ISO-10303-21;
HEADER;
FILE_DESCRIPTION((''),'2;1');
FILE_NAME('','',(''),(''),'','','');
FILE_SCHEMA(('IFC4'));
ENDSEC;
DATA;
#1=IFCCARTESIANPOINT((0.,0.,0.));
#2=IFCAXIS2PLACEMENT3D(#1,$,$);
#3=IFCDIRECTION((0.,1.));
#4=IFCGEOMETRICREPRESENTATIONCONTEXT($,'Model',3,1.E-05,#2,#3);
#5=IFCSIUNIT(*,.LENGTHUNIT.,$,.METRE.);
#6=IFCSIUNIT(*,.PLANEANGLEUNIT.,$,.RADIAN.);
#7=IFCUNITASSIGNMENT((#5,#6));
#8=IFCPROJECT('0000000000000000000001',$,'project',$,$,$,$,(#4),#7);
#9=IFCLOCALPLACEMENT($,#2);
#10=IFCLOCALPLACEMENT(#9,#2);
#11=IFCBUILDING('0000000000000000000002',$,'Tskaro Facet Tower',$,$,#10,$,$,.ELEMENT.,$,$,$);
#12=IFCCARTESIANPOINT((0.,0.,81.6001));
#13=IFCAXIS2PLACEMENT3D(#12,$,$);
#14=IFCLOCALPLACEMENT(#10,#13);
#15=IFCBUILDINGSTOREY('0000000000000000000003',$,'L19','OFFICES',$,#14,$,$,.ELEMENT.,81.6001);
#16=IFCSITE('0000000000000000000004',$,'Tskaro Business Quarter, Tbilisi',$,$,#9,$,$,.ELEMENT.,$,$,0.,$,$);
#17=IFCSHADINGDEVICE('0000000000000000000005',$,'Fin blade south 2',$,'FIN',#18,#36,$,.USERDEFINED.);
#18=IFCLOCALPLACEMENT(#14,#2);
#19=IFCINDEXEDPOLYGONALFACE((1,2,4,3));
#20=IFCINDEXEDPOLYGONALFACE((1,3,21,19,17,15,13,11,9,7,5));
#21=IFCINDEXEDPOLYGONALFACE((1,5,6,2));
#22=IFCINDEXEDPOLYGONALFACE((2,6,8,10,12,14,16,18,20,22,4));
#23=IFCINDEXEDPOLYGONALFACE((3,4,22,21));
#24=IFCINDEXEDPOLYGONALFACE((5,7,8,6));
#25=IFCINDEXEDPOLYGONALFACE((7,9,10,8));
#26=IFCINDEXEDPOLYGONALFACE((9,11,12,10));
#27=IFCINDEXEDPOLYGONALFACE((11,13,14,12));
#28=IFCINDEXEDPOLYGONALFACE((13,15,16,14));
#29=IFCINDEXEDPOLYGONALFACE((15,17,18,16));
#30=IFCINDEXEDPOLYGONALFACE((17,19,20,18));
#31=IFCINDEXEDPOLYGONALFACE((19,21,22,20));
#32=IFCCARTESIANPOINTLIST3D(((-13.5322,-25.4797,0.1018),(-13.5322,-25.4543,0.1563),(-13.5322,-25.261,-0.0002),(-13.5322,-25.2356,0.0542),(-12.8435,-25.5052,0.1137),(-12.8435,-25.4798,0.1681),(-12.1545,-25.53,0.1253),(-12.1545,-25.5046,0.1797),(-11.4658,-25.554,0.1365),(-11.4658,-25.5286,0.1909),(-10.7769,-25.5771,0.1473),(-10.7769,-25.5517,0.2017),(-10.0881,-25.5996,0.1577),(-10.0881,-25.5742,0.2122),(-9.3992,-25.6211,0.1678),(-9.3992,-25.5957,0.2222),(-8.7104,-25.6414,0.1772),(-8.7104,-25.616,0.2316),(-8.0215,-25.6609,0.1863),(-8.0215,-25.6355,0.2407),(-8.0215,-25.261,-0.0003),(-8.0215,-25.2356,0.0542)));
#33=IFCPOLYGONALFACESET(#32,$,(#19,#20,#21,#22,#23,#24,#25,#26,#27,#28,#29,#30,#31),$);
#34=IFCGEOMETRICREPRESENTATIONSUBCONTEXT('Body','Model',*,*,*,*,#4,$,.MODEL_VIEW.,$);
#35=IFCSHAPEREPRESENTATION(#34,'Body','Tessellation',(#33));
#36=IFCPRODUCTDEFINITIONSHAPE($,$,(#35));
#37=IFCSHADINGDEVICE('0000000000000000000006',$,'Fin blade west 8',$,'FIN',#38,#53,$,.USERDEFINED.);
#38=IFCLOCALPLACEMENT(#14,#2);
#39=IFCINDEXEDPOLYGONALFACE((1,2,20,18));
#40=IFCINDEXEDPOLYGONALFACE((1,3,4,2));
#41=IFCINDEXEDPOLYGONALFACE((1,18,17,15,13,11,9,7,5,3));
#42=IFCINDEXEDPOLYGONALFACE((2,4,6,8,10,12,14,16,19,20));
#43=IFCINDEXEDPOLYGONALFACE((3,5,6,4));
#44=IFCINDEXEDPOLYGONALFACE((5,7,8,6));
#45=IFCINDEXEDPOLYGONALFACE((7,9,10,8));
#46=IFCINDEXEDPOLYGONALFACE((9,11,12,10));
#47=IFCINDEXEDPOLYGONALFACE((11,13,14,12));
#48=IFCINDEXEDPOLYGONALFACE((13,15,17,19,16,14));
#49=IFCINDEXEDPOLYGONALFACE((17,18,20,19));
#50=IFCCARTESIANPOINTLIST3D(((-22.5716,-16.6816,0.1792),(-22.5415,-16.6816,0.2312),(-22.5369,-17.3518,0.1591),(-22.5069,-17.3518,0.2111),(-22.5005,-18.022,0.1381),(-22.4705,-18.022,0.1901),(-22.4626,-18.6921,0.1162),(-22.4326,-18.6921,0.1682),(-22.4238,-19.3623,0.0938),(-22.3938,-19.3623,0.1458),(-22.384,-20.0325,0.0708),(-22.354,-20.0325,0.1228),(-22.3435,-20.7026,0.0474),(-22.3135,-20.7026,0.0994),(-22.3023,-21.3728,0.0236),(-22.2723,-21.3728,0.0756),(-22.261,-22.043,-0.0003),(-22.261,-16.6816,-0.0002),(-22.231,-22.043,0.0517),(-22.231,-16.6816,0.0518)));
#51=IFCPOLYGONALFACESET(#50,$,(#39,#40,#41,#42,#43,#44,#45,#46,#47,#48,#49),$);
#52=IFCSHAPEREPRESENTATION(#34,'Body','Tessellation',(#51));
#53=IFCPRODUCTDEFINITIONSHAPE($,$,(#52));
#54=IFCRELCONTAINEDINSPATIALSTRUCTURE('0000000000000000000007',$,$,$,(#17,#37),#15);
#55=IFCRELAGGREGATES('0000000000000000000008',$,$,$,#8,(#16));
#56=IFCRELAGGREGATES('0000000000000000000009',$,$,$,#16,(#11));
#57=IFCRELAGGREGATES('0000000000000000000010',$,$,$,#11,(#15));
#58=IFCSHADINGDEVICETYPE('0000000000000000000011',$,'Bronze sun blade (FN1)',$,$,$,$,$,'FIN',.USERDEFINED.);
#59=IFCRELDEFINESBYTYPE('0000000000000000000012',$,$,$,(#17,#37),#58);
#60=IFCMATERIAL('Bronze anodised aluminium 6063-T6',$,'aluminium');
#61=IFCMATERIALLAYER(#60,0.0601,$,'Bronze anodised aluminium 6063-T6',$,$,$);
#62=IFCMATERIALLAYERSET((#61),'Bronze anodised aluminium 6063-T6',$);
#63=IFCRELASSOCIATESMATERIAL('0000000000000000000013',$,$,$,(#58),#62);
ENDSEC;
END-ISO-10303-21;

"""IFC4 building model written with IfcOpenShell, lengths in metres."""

from ifc_helpers import new_model, si_unit, direction, frame, origin, place, context, subcontext, project, spatial, polyline, outline, extrude, material, layer, layer_set, type_object, element, save


model = new_model("IFC4")

# Units and contexts
model_context = context("Model", 3, precision=1e-05, world=origin(), true_north=direction((0.0, 1.0)))
body_context = subcontext(model_context, "Body", "Model", "MODEL_VIEW")
ifc_project = project(units=[si_unit("LENGTHUNIT", "METRE"), si_unit("PLANEANGLEUNIT", "RADIAN")], contexts=[model_context])

# Site, building, storey
site_placement = place(None, origin())
site = spatial("IfcSite", under=ifc_project, at=site_placement, Name="Tskaro Business Quarter, Tbilisi", CompositionType="ELEMENT", RefElevation=0.0)
building_placement = place(site_placement, origin())
building = spatial("IfcBuilding", under=site, at=building_placement, Name="Tskaro Facet Tower", CompositionType="ELEMENT")
storey_placement = place(building_placement, frame((0.0, 0.0, 81.6001)))
storey = spatial("IfcBuildingStorey", under=building, at=storey_placement, Name="L19", Description="OFFICES", CompositionType="ELEMENT", Elevation=81.6001)

# Shared definitions
ifc_material_1 = material(Name="Bronze anodised aluminium 6063-T6", Category="aluminium")

# Shading devices
ifc_layer_1 = layer(ifc_material_1, 0.0601, Name="Bronze anodised aluminium 6063-T6")
ifc_layer_set_1 = layer_set([ifc_layer_1], Name="Bronze anodised aluminium 6063-T6")
shading_device_type = type_object("IfcShadingDeviceType", Name="Bronze sun blade (FN1)", ElementType="FIN", PredefinedType="USERDEFINED", material=ifc_layer_set_1)
shading_device_1_placement = place(storey_placement, frame((-13.5322, -25.2356, 0.0542), z_axis=(0.000005, 0.422799, 0.906224), x_axis=(1.0, -0.000002, -0.000005)))
element("IfcShadingDevice", 1, at=shading_device_1_placement, inside=storey, type_object=shading_device_type, Name="Fin blade south 2", ObjectType="FIN", PredefinedType="USERDEFINED", context=body_context, shape_type="SweptSolid", body=[
    extrude(outline(polyline([(0.0, 0.0), (5.5107, 0.0), (5.5107, -0.4413), (4.8218, -0.4197), (4.1331, -0.3974), (3.4441, -0.3737), (2.7554, -0.3489), (2.0664, -0.3233), (1.3777, -0.2969), (0.6887, -0.2695), (0.0, -0.2414), (0.0, 0.0)])), origin(), (0.0, 0.0, -1.0), 0.0601),
])
shading_device_2_placement = place(storey_placement, frame((-22.231, -16.6816, 0.0518), z_axis=(0.500227, -0.000007, 0.865894), x_axis=(-0.000003, -1.0, -0.000006)))
element("IfcShadingDevice", 2, at=shading_device_2_placement, inside=storey, type_object=shading_device_type, Name="Fin blade west 8", ObjectType="FIN", PredefinedType="USERDEFINED", context=body_context, shape_type="SweptSolid", body=[
    extrude(outline(polyline([(0.0, 0.0), (5.3613, 0.0), (4.6912, -0.0477), (4.021, -0.0953), (3.3508, -0.1421), (2.6807, -0.188), (2.0105, -0.2329), (1.3403, -0.2766), (0.6702, -0.3186), (0.0, -0.3587), (0.0, 0.0)])), origin(), (0.0, 0.0, -1.0), 0.0601),
])

save(model, "model.ifc")
